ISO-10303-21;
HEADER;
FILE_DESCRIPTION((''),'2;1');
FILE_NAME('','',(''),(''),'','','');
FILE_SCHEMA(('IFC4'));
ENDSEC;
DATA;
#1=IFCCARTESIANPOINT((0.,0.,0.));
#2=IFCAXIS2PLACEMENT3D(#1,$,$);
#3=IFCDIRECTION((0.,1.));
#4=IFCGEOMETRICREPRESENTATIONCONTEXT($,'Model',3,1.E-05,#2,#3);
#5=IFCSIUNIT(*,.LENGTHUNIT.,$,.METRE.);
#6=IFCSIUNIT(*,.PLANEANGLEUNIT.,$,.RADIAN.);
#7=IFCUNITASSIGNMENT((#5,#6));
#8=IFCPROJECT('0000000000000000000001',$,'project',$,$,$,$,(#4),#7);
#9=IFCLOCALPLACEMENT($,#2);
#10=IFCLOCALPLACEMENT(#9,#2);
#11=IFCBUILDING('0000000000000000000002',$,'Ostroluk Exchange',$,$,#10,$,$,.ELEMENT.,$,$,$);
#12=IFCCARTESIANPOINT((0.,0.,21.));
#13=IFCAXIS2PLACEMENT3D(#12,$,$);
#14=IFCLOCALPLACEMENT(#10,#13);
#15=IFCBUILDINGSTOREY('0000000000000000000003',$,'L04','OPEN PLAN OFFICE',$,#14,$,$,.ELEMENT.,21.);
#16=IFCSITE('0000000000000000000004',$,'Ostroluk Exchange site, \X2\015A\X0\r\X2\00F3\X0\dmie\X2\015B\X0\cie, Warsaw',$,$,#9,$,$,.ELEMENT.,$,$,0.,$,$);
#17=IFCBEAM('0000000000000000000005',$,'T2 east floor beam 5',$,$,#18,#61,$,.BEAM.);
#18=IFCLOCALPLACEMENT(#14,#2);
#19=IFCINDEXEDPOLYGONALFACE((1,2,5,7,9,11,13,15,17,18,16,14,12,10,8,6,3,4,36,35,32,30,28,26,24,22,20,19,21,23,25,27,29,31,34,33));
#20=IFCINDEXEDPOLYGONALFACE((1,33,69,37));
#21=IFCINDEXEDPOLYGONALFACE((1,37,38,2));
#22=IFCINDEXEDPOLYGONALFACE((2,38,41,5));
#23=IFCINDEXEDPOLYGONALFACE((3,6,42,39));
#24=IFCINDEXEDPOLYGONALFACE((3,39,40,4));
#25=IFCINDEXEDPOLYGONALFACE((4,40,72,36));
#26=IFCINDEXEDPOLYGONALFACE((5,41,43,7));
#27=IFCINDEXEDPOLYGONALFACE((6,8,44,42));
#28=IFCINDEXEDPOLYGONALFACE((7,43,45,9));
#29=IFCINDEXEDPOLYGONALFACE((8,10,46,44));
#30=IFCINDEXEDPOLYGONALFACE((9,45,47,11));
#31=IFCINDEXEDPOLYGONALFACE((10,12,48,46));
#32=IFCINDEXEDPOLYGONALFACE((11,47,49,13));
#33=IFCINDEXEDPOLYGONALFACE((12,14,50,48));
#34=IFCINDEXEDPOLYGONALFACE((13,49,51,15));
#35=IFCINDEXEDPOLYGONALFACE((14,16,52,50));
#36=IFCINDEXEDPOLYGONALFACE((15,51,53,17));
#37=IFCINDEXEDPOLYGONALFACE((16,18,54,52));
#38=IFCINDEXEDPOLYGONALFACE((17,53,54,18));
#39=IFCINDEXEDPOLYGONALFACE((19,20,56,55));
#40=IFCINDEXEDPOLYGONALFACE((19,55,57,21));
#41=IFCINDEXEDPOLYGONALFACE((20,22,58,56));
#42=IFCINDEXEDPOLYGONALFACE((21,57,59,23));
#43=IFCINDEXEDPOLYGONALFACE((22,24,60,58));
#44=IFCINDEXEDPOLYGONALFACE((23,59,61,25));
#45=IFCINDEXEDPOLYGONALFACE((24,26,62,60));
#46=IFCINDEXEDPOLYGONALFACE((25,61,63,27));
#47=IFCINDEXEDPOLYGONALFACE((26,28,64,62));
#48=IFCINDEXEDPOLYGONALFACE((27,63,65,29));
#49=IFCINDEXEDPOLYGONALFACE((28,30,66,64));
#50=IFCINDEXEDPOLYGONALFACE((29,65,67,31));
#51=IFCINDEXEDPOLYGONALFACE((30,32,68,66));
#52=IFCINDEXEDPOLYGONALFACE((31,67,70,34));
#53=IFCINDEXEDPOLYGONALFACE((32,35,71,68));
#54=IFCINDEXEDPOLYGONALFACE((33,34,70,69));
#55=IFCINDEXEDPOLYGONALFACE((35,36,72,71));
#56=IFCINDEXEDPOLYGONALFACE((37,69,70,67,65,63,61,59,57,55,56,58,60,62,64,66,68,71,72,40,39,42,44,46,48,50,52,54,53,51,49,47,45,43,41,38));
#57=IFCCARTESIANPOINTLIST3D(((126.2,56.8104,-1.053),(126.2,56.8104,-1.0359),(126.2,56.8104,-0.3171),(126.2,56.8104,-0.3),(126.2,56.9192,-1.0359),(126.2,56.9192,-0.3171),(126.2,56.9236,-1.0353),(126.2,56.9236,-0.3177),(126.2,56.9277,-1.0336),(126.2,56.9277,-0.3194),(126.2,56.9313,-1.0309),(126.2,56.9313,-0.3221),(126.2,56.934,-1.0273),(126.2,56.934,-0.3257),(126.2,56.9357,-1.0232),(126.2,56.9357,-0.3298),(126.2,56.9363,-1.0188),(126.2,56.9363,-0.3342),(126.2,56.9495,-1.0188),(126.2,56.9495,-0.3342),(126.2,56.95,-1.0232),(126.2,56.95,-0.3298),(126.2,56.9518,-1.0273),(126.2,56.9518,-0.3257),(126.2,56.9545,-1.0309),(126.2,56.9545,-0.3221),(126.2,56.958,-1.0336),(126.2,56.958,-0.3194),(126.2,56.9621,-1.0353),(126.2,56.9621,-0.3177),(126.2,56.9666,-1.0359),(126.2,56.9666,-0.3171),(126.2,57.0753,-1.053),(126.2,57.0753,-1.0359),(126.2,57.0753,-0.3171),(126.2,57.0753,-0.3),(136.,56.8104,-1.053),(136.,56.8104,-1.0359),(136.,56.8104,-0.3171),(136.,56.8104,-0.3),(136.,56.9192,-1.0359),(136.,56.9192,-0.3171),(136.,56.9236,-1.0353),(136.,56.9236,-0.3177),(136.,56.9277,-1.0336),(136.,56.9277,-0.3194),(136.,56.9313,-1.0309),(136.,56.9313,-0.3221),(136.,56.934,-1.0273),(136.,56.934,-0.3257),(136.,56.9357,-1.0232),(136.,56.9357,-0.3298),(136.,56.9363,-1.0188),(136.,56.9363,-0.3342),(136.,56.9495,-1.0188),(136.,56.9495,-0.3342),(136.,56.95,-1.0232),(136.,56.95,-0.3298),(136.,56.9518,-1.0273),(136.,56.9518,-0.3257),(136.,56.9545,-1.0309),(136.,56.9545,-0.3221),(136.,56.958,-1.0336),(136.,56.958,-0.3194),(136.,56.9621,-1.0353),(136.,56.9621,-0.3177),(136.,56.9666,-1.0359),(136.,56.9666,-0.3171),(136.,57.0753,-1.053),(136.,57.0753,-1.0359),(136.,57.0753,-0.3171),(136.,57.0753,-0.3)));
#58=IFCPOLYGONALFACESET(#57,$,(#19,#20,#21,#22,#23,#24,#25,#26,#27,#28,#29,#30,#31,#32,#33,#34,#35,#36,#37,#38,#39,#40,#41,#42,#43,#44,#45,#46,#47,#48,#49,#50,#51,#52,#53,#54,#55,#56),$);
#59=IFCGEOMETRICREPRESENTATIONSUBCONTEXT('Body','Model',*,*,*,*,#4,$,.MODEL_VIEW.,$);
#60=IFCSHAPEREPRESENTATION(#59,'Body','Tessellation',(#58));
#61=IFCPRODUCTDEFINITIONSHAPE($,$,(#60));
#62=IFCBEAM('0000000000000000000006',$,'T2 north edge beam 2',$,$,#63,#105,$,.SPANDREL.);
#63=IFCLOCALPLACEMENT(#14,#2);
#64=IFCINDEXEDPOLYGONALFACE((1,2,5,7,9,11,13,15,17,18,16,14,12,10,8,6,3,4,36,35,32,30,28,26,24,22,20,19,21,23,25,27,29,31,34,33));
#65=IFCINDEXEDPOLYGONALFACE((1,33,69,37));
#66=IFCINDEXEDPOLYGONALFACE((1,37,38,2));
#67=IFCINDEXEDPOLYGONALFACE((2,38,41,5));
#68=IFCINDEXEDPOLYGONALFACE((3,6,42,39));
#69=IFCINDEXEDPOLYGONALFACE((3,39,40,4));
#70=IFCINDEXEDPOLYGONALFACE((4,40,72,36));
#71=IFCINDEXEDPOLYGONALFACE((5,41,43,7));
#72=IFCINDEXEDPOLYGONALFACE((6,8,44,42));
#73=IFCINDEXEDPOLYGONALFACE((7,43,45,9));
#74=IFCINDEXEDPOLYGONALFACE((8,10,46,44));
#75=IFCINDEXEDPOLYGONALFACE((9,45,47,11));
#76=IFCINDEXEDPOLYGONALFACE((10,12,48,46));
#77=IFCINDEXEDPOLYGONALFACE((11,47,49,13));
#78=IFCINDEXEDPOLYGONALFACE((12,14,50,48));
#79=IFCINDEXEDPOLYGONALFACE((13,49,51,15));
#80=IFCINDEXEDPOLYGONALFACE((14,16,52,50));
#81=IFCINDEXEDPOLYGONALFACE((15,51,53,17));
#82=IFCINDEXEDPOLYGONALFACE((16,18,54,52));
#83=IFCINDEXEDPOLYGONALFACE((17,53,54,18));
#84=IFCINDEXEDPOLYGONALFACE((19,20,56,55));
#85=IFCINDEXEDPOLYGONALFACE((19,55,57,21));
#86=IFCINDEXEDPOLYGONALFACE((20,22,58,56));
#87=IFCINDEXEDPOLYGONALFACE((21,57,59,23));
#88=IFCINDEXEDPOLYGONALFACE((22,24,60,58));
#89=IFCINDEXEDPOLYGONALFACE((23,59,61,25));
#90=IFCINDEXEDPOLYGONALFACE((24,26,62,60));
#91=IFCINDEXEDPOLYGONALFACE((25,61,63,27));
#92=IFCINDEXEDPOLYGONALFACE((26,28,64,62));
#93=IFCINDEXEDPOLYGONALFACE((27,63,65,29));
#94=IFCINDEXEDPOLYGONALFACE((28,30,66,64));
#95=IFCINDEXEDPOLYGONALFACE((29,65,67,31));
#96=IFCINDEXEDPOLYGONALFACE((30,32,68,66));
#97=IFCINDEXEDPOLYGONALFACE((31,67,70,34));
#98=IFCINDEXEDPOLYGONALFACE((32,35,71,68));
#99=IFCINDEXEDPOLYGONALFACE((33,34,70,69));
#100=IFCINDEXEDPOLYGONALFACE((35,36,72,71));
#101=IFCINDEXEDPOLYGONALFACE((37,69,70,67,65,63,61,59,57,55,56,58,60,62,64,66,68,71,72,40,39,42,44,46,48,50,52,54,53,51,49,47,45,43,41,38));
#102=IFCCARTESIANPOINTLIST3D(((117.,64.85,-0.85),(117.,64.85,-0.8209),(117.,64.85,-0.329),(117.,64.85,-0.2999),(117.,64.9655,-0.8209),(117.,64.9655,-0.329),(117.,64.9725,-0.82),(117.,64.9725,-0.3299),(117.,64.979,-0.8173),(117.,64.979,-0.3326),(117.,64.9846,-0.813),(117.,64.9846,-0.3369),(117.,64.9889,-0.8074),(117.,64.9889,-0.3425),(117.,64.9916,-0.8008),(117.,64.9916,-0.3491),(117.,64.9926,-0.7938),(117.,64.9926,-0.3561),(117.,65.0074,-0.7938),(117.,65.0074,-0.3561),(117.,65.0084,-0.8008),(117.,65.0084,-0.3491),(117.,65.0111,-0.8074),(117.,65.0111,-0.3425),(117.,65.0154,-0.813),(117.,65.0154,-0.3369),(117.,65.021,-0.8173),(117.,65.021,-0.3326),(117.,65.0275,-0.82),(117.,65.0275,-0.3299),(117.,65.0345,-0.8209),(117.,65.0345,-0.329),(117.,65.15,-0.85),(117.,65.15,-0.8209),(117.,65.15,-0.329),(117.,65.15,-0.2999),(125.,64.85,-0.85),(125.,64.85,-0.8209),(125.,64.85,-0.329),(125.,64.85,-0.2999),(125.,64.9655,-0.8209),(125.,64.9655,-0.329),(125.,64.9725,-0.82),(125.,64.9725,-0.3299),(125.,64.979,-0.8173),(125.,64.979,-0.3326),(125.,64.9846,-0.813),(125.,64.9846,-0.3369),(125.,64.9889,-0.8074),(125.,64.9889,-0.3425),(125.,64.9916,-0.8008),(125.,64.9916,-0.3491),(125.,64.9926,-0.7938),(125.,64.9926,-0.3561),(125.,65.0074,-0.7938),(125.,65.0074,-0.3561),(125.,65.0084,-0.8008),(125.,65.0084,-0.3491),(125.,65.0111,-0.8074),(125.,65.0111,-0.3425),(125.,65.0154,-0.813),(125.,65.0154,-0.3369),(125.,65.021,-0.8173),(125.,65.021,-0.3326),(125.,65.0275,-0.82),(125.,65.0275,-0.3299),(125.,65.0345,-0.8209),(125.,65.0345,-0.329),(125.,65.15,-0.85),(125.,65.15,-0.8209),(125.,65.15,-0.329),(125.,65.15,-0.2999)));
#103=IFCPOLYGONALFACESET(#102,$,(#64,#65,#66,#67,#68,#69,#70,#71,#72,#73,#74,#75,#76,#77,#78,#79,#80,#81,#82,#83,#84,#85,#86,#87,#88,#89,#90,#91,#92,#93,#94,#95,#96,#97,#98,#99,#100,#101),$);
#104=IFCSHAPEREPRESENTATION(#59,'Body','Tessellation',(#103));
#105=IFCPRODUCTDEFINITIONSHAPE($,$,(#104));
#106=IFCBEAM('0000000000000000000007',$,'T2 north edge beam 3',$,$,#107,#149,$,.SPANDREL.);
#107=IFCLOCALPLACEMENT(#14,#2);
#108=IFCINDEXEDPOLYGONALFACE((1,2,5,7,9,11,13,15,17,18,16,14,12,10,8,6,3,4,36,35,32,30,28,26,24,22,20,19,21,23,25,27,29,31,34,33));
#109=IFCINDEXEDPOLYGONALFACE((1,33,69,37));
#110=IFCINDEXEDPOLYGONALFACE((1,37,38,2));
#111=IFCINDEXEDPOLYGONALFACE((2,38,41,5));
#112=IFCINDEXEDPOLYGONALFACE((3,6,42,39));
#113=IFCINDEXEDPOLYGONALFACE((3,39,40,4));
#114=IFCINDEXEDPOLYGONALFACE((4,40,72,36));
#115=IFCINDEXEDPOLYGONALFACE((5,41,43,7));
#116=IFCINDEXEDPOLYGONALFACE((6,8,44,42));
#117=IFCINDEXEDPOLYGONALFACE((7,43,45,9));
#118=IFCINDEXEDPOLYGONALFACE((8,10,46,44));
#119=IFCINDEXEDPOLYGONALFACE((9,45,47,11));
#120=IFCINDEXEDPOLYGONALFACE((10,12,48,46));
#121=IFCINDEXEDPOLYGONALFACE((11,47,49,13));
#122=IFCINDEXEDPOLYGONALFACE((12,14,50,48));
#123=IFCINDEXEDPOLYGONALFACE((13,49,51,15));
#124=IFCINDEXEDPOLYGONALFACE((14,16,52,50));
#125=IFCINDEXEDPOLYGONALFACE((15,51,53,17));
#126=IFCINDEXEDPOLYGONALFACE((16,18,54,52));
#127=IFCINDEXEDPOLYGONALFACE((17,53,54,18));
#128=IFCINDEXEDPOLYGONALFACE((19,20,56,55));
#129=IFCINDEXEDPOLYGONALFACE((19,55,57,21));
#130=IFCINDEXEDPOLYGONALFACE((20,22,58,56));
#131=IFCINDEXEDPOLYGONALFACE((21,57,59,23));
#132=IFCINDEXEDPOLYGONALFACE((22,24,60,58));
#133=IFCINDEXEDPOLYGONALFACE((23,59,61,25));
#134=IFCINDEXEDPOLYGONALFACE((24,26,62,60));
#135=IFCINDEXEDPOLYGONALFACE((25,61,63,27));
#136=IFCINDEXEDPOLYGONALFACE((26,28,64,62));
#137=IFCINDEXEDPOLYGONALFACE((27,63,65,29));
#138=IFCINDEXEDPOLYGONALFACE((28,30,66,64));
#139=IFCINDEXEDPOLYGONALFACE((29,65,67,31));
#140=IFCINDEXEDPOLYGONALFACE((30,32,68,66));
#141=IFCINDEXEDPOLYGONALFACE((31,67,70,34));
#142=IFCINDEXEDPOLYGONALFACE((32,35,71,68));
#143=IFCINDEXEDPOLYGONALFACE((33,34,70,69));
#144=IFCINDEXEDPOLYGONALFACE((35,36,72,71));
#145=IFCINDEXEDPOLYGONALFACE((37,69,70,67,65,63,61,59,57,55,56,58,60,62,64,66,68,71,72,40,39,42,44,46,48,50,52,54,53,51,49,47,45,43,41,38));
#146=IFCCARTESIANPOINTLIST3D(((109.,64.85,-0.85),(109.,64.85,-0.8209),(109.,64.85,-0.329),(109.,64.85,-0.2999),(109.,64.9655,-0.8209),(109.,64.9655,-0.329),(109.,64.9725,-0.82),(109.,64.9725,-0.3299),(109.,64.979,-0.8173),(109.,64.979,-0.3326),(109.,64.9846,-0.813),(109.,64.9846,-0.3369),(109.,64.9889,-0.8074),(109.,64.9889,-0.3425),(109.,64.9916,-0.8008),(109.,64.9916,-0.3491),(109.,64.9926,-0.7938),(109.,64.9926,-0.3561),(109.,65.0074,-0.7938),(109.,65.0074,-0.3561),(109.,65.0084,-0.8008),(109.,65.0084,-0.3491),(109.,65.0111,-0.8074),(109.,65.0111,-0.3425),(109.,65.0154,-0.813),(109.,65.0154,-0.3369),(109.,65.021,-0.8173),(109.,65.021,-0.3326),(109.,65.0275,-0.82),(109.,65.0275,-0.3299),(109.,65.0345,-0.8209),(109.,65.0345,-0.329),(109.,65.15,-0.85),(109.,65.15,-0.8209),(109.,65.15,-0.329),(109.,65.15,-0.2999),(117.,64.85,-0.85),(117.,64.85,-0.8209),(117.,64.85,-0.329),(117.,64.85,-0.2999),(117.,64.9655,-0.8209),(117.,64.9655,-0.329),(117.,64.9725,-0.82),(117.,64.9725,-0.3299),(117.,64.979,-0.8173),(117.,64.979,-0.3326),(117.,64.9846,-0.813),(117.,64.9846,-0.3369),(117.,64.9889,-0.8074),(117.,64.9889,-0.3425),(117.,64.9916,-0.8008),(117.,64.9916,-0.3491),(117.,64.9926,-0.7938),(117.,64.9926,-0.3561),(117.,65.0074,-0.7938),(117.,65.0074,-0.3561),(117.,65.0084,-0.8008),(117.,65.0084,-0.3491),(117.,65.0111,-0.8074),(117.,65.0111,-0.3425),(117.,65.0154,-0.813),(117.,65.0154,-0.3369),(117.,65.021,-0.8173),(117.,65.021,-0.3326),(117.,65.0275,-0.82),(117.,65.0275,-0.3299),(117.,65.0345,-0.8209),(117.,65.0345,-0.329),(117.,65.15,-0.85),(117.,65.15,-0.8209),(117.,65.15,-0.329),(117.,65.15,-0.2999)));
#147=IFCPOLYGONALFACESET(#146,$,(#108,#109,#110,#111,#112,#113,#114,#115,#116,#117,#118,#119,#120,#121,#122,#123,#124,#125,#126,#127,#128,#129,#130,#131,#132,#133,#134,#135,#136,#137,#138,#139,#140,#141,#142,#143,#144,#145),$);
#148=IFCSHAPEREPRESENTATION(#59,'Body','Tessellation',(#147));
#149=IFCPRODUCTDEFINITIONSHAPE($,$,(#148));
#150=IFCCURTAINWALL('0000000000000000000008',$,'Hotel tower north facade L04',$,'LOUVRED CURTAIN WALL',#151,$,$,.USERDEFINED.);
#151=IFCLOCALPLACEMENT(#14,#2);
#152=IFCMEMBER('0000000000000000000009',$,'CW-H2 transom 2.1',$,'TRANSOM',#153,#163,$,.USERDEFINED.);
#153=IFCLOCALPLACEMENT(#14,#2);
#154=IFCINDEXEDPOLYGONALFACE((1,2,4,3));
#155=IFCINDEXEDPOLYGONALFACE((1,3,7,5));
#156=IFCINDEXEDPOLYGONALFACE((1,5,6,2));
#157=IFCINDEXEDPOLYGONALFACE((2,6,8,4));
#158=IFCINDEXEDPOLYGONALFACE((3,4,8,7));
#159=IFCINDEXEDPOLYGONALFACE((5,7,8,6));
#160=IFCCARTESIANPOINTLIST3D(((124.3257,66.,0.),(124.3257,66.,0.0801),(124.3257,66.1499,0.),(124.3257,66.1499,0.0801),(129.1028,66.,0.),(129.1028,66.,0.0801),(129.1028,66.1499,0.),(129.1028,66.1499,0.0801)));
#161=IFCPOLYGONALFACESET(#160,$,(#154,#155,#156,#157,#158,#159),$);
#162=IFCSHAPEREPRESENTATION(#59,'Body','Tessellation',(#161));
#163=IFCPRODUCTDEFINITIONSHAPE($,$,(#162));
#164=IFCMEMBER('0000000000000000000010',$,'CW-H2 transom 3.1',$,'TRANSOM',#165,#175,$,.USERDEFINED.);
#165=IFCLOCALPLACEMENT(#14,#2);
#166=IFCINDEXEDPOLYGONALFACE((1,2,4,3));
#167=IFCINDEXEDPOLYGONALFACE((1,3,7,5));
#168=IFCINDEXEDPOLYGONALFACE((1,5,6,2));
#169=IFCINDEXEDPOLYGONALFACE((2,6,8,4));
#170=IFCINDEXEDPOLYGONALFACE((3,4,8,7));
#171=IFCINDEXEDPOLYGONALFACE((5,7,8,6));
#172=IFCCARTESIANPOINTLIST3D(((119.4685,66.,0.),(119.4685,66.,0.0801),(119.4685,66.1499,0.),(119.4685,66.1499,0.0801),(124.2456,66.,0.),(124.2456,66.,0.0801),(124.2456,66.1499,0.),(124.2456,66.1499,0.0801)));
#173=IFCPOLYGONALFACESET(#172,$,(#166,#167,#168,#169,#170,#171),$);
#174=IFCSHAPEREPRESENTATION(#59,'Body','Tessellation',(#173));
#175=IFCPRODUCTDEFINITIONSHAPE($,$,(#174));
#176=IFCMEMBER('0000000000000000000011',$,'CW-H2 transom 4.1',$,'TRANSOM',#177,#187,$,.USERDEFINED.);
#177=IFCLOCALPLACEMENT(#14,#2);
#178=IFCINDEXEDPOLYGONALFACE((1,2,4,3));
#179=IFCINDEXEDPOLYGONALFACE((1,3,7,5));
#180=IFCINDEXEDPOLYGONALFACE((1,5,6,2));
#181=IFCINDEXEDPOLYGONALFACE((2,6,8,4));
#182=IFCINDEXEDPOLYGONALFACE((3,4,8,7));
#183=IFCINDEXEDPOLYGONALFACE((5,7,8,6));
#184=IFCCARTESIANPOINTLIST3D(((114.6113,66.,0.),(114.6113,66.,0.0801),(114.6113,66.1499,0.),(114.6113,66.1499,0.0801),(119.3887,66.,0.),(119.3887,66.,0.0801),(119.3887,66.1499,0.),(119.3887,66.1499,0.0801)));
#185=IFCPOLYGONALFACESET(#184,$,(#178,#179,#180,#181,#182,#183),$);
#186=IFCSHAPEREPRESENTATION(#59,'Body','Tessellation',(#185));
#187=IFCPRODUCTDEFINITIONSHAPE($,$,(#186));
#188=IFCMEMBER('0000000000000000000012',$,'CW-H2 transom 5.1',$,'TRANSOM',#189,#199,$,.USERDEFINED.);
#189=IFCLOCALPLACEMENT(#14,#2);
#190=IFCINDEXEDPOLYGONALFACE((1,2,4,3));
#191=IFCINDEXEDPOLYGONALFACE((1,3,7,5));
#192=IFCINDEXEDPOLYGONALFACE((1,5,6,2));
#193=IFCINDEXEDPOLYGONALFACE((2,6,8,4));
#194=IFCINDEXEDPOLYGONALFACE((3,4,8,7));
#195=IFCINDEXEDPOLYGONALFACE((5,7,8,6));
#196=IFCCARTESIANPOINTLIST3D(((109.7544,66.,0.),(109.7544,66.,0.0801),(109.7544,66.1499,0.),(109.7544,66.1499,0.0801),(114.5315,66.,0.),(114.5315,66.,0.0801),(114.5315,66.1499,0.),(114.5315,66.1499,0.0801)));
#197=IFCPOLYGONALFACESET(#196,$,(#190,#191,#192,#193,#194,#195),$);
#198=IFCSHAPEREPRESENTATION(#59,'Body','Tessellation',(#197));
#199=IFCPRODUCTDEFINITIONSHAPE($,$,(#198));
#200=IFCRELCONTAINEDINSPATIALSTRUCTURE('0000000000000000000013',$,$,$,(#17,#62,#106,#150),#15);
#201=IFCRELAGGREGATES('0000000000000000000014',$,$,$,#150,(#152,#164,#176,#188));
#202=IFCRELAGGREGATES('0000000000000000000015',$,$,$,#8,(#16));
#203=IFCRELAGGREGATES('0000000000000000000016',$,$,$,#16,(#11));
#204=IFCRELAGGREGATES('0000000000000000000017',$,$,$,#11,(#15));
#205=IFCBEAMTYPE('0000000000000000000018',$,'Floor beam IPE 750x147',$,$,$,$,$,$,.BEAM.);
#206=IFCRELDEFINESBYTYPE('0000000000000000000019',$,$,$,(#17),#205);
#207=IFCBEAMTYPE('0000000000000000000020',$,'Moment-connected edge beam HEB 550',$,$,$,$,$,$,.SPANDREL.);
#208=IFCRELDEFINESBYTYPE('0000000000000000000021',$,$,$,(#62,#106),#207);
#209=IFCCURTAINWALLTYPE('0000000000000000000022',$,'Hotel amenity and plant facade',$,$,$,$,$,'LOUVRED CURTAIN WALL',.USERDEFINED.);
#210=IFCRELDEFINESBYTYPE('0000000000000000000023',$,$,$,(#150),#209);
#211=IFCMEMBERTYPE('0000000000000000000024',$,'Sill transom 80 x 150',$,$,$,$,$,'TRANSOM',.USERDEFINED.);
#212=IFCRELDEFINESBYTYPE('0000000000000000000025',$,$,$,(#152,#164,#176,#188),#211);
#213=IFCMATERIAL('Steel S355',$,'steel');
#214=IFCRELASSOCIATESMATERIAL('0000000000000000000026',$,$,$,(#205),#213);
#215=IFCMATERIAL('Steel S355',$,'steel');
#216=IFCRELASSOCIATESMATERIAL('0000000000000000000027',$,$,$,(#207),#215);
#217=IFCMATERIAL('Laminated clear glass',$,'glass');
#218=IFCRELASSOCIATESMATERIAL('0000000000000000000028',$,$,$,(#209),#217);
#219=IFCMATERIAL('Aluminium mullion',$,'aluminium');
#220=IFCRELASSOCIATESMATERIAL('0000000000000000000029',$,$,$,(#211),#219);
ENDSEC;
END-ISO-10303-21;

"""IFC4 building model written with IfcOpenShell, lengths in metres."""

from ifc_helpers import new_model, si_unit, direction, frame, origin, origin_2d, place, context, subcontext, project, spatial, rectangle, i_section, extrude, material, material_profile, profile_set, type_object, element, aggregate, save


model = new_model("IFC4")

# Units and contexts
model_context = context("Model", 3, precision=1e-05, world=origin(), true_north=direction((0.0, 1.0)))
body_context = subcontext(model_context, "Body", "Model", "MODEL_VIEW")
ifc_project = project(units=[si_unit("LENGTHUNIT", "METRE"), si_unit("PLANEANGLEUNIT", "RADIAN")], contexts=[model_context])

# Site, building, storey
site_placement = place(None, origin())
site = spatial("IfcSite", under=ifc_project, at=site_placement, Name="Ostroluk Exchange site, Śródmieście, Warsaw", CompositionType="ELEMENT", RefElevation=0.0)
building_placement = place(site_placement, origin())
building = spatial("IfcBuilding", under=site, at=building_placement, Name="Ostroluk Exchange", CompositionType="ELEMENT")
storey_placement = place(building_placement, frame((0.0, 0.0, 21.0)))
storey = spatial("IfcBuildingStorey", under=building, at=storey_placement, Name="L04", Description="OPEN PLAN OFFICE", CompositionType="ELEMENT", Elevation=21.0)

# Beams
ifc_material_1 = material(Name="Steel S355", Category="steel")
ifc_material_profile_1 = material_profile(ifc_material_1, i_section(OverallWidth=0.2649, OverallDepth=0.7529, WebThickness=0.0132, FlangeThickness=0.0171, FilletRadius=0.0171, at=origin_2d()), Name="IPE 750x147")
ifc_profile_set_1 = profile_set([ifc_material_profile_1], Name="Steel S355")
beam_type_1 = type_object("IfcBeamType", Name="Floor beam IPE 750x147", PredefinedType="BEAM", material=ifc_profile_set_1)
beam_placement = place(storey_placement, frame((126.2, 56.9429, -0.6765), z_axis=(1.0, 0.0, 0.0), x_axis=(0.0, 1.0, 0.0)))
element("IfcBeam", 1, at=beam_placement, inside=storey, type_object=beam_type_1, Name="T2 east floor beam 5", PredefinedType="BEAM", context=body_context, shape_type="SweptSolid", body=[
    extrude(i_section(OverallWidth=0.2649, OverallDepth=0.7529, WebThickness=0.0132, FlangeThickness=0.0171, FilletRadius=0.0171, at=origin_2d()), origin(), (0.0, 0.0, 1.0), 9.8),
])
ifc_material_2 = material(Name="Steel S355", Category="steel")
ifc_material_profile_2 = material_profile(ifc_material_2, i_section(OverallWidth=0.3, OverallDepth=0.55, WebThickness=0.0149, FlangeThickness=0.0291, FilletRadius=0.0271, at=origin_2d()), Name="HEB 550")
ifc_profile_set_2 = profile_set([ifc_material_profile_2], Name="Steel S355")
beam_type_2 = type_object("IfcBeamType", Name="Moment-connected edge beam HEB 550", PredefinedType="SPANDREL", material=ifc_profile_set_2)
for number, where, z_axis, x_axis, name in (
    (2, (125.0, 65.0, -0.575), (-1.0, 0.0, 0.0), (0.0, -1.0, 0.0), "T2 north edge beam 2"),
    (3, (117.0, 65.0, -0.575), (-1.0, 0.0, 0.0), (0.0, -1.0, 0.0), "T2 north edge beam 3"),
):
    element("IfcBeam", number, at=place(storey_placement, frame(where, z_axis=z_axis, x_axis=x_axis)), inside=storey, type_object=beam_type_2, Name=name, PredefinedType="SPANDREL", context=body_context, shape_type="SweptSolid", body=[
        extrude(i_section(OverallWidth=0.3, OverallDepth=0.55, WebThickness=0.0149, FlangeThickness=0.0291, FilletRadius=0.0271, at=origin_2d()), origin(), (0.0, 0.0, 1.0), 8.0),
    ])

# Curtain wall, members
ifc_material_3 = material(Name="Laminated clear glass", Category="glass")
curtain_wall_type = type_object("IfcCurtainWallType", Name="Hotel amenity and plant facade", ElementType="LOUVRED CURTAIN WALL", PredefinedType="USERDEFINED", material=ifc_material_3)
curtain_wall_placement = place(storey_placement, origin())
curtain_wall = element("IfcCurtainWall", 4, at=curtain_wall_placement, inside=storey, type_object=curtain_wall_type, Name="Hotel tower north facade L04", ObjectType="LOUVRED CURTAIN WALL", PredefinedType="USERDEFINED")
ifc_material_4 = material(Name="Aluminium mullion", Category="aluminium")
ifc_material_profile_3 = material_profile(ifc_material_4, rectangle(XDim=0.1499, YDim=0.0801, at=origin_2d()), Name="Sill transom 80 x 150")
ifc_profile_set_3 = profile_set([ifc_material_profile_3], Name="Aluminium mullion")
member_type_1 = type_object("IfcMemberType", Name="Sill transom 80 x 150", ElementType="TRANSOM", PredefinedType="USERDEFINED", material=ifc_profile_set_3)
member_1_placement = place(storey_placement, frame((129.1028, 66.075, 0.04), z_axis=(-1.0, 0.0, 0.0), x_axis=(0.0, -1.0, 0.0)))
member_1 = element("IfcMember", 5, at=member_1_placement, type_object=member_type_1, Name="CW-H2 transom 2.1", ObjectType="TRANSOM", PredefinedType="USERDEFINED", context=body_context, shape_type="SweptSolid", body=[
    extrude(rectangle(XDim=0.1499, YDim=0.0801, at=origin_2d()), origin(), (0.0, 0.0, 1.0), 4.7771),
])
member_2_placement = place(storey_placement, frame((124.2456, 66.075, 0.04), z_axis=(-1.0, 0.0, 0.0), x_axis=(0.0, -1.0, 0.0)))
member_2 = element("IfcMember", 6, at=member_2_placement, type_object=member_type_1, Name="CW-H2 transom 3.1", ObjectType="TRANSOM", PredefinedType="USERDEFINED", context=body_context, shape_type="SweptSolid", body=[
    extrude(rectangle(XDim=0.1499, YDim=0.0801, at=origin_2d()), origin(), (0.0, 0.0, 1.0), 4.7771),
])
member_3_placement = place(storey_placement, frame((119.3887, 66.075, 0.04), z_axis=(-1.0, 0.0, 0.0), x_axis=(0.0, -1.0, 0.0)))
member_3 = element("IfcMember", 7, at=member_3_placement, type_object=member_type_1, Name="CW-H2 transom 4.1", ObjectType="TRANSOM", PredefinedType="USERDEFINED", context=body_context, shape_type="SweptSolid", body=[
    extrude(rectangle(XDim=0.1499, YDim=0.0801, at=origin_2d()), origin(), (0.0, 0.0, 1.0), 4.7773),
])
member_4_placement = place(storey_placement, frame((114.5315, 66.075, 0.04), z_axis=(-1.0, 0.0, 0.0), x_axis=(0.0, -1.0, 0.0)))
member_4 = element("IfcMember", 8, at=member_4_placement, type_object=member_type_1, Name="CW-H2 transom 5.1", ObjectType="TRANSOM", PredefinedType="USERDEFINED", context=body_context, shape_type="SweptSolid", body=[
    extrude(rectangle(XDim=0.1499, YDim=0.0801, at=origin_2d()), origin(), (0.0, 0.0, 1.0), 4.7771),
])
aggregate(curtain_wall, [member_1, member_2, member_3, member_4])

save(model, "model.ifc")
